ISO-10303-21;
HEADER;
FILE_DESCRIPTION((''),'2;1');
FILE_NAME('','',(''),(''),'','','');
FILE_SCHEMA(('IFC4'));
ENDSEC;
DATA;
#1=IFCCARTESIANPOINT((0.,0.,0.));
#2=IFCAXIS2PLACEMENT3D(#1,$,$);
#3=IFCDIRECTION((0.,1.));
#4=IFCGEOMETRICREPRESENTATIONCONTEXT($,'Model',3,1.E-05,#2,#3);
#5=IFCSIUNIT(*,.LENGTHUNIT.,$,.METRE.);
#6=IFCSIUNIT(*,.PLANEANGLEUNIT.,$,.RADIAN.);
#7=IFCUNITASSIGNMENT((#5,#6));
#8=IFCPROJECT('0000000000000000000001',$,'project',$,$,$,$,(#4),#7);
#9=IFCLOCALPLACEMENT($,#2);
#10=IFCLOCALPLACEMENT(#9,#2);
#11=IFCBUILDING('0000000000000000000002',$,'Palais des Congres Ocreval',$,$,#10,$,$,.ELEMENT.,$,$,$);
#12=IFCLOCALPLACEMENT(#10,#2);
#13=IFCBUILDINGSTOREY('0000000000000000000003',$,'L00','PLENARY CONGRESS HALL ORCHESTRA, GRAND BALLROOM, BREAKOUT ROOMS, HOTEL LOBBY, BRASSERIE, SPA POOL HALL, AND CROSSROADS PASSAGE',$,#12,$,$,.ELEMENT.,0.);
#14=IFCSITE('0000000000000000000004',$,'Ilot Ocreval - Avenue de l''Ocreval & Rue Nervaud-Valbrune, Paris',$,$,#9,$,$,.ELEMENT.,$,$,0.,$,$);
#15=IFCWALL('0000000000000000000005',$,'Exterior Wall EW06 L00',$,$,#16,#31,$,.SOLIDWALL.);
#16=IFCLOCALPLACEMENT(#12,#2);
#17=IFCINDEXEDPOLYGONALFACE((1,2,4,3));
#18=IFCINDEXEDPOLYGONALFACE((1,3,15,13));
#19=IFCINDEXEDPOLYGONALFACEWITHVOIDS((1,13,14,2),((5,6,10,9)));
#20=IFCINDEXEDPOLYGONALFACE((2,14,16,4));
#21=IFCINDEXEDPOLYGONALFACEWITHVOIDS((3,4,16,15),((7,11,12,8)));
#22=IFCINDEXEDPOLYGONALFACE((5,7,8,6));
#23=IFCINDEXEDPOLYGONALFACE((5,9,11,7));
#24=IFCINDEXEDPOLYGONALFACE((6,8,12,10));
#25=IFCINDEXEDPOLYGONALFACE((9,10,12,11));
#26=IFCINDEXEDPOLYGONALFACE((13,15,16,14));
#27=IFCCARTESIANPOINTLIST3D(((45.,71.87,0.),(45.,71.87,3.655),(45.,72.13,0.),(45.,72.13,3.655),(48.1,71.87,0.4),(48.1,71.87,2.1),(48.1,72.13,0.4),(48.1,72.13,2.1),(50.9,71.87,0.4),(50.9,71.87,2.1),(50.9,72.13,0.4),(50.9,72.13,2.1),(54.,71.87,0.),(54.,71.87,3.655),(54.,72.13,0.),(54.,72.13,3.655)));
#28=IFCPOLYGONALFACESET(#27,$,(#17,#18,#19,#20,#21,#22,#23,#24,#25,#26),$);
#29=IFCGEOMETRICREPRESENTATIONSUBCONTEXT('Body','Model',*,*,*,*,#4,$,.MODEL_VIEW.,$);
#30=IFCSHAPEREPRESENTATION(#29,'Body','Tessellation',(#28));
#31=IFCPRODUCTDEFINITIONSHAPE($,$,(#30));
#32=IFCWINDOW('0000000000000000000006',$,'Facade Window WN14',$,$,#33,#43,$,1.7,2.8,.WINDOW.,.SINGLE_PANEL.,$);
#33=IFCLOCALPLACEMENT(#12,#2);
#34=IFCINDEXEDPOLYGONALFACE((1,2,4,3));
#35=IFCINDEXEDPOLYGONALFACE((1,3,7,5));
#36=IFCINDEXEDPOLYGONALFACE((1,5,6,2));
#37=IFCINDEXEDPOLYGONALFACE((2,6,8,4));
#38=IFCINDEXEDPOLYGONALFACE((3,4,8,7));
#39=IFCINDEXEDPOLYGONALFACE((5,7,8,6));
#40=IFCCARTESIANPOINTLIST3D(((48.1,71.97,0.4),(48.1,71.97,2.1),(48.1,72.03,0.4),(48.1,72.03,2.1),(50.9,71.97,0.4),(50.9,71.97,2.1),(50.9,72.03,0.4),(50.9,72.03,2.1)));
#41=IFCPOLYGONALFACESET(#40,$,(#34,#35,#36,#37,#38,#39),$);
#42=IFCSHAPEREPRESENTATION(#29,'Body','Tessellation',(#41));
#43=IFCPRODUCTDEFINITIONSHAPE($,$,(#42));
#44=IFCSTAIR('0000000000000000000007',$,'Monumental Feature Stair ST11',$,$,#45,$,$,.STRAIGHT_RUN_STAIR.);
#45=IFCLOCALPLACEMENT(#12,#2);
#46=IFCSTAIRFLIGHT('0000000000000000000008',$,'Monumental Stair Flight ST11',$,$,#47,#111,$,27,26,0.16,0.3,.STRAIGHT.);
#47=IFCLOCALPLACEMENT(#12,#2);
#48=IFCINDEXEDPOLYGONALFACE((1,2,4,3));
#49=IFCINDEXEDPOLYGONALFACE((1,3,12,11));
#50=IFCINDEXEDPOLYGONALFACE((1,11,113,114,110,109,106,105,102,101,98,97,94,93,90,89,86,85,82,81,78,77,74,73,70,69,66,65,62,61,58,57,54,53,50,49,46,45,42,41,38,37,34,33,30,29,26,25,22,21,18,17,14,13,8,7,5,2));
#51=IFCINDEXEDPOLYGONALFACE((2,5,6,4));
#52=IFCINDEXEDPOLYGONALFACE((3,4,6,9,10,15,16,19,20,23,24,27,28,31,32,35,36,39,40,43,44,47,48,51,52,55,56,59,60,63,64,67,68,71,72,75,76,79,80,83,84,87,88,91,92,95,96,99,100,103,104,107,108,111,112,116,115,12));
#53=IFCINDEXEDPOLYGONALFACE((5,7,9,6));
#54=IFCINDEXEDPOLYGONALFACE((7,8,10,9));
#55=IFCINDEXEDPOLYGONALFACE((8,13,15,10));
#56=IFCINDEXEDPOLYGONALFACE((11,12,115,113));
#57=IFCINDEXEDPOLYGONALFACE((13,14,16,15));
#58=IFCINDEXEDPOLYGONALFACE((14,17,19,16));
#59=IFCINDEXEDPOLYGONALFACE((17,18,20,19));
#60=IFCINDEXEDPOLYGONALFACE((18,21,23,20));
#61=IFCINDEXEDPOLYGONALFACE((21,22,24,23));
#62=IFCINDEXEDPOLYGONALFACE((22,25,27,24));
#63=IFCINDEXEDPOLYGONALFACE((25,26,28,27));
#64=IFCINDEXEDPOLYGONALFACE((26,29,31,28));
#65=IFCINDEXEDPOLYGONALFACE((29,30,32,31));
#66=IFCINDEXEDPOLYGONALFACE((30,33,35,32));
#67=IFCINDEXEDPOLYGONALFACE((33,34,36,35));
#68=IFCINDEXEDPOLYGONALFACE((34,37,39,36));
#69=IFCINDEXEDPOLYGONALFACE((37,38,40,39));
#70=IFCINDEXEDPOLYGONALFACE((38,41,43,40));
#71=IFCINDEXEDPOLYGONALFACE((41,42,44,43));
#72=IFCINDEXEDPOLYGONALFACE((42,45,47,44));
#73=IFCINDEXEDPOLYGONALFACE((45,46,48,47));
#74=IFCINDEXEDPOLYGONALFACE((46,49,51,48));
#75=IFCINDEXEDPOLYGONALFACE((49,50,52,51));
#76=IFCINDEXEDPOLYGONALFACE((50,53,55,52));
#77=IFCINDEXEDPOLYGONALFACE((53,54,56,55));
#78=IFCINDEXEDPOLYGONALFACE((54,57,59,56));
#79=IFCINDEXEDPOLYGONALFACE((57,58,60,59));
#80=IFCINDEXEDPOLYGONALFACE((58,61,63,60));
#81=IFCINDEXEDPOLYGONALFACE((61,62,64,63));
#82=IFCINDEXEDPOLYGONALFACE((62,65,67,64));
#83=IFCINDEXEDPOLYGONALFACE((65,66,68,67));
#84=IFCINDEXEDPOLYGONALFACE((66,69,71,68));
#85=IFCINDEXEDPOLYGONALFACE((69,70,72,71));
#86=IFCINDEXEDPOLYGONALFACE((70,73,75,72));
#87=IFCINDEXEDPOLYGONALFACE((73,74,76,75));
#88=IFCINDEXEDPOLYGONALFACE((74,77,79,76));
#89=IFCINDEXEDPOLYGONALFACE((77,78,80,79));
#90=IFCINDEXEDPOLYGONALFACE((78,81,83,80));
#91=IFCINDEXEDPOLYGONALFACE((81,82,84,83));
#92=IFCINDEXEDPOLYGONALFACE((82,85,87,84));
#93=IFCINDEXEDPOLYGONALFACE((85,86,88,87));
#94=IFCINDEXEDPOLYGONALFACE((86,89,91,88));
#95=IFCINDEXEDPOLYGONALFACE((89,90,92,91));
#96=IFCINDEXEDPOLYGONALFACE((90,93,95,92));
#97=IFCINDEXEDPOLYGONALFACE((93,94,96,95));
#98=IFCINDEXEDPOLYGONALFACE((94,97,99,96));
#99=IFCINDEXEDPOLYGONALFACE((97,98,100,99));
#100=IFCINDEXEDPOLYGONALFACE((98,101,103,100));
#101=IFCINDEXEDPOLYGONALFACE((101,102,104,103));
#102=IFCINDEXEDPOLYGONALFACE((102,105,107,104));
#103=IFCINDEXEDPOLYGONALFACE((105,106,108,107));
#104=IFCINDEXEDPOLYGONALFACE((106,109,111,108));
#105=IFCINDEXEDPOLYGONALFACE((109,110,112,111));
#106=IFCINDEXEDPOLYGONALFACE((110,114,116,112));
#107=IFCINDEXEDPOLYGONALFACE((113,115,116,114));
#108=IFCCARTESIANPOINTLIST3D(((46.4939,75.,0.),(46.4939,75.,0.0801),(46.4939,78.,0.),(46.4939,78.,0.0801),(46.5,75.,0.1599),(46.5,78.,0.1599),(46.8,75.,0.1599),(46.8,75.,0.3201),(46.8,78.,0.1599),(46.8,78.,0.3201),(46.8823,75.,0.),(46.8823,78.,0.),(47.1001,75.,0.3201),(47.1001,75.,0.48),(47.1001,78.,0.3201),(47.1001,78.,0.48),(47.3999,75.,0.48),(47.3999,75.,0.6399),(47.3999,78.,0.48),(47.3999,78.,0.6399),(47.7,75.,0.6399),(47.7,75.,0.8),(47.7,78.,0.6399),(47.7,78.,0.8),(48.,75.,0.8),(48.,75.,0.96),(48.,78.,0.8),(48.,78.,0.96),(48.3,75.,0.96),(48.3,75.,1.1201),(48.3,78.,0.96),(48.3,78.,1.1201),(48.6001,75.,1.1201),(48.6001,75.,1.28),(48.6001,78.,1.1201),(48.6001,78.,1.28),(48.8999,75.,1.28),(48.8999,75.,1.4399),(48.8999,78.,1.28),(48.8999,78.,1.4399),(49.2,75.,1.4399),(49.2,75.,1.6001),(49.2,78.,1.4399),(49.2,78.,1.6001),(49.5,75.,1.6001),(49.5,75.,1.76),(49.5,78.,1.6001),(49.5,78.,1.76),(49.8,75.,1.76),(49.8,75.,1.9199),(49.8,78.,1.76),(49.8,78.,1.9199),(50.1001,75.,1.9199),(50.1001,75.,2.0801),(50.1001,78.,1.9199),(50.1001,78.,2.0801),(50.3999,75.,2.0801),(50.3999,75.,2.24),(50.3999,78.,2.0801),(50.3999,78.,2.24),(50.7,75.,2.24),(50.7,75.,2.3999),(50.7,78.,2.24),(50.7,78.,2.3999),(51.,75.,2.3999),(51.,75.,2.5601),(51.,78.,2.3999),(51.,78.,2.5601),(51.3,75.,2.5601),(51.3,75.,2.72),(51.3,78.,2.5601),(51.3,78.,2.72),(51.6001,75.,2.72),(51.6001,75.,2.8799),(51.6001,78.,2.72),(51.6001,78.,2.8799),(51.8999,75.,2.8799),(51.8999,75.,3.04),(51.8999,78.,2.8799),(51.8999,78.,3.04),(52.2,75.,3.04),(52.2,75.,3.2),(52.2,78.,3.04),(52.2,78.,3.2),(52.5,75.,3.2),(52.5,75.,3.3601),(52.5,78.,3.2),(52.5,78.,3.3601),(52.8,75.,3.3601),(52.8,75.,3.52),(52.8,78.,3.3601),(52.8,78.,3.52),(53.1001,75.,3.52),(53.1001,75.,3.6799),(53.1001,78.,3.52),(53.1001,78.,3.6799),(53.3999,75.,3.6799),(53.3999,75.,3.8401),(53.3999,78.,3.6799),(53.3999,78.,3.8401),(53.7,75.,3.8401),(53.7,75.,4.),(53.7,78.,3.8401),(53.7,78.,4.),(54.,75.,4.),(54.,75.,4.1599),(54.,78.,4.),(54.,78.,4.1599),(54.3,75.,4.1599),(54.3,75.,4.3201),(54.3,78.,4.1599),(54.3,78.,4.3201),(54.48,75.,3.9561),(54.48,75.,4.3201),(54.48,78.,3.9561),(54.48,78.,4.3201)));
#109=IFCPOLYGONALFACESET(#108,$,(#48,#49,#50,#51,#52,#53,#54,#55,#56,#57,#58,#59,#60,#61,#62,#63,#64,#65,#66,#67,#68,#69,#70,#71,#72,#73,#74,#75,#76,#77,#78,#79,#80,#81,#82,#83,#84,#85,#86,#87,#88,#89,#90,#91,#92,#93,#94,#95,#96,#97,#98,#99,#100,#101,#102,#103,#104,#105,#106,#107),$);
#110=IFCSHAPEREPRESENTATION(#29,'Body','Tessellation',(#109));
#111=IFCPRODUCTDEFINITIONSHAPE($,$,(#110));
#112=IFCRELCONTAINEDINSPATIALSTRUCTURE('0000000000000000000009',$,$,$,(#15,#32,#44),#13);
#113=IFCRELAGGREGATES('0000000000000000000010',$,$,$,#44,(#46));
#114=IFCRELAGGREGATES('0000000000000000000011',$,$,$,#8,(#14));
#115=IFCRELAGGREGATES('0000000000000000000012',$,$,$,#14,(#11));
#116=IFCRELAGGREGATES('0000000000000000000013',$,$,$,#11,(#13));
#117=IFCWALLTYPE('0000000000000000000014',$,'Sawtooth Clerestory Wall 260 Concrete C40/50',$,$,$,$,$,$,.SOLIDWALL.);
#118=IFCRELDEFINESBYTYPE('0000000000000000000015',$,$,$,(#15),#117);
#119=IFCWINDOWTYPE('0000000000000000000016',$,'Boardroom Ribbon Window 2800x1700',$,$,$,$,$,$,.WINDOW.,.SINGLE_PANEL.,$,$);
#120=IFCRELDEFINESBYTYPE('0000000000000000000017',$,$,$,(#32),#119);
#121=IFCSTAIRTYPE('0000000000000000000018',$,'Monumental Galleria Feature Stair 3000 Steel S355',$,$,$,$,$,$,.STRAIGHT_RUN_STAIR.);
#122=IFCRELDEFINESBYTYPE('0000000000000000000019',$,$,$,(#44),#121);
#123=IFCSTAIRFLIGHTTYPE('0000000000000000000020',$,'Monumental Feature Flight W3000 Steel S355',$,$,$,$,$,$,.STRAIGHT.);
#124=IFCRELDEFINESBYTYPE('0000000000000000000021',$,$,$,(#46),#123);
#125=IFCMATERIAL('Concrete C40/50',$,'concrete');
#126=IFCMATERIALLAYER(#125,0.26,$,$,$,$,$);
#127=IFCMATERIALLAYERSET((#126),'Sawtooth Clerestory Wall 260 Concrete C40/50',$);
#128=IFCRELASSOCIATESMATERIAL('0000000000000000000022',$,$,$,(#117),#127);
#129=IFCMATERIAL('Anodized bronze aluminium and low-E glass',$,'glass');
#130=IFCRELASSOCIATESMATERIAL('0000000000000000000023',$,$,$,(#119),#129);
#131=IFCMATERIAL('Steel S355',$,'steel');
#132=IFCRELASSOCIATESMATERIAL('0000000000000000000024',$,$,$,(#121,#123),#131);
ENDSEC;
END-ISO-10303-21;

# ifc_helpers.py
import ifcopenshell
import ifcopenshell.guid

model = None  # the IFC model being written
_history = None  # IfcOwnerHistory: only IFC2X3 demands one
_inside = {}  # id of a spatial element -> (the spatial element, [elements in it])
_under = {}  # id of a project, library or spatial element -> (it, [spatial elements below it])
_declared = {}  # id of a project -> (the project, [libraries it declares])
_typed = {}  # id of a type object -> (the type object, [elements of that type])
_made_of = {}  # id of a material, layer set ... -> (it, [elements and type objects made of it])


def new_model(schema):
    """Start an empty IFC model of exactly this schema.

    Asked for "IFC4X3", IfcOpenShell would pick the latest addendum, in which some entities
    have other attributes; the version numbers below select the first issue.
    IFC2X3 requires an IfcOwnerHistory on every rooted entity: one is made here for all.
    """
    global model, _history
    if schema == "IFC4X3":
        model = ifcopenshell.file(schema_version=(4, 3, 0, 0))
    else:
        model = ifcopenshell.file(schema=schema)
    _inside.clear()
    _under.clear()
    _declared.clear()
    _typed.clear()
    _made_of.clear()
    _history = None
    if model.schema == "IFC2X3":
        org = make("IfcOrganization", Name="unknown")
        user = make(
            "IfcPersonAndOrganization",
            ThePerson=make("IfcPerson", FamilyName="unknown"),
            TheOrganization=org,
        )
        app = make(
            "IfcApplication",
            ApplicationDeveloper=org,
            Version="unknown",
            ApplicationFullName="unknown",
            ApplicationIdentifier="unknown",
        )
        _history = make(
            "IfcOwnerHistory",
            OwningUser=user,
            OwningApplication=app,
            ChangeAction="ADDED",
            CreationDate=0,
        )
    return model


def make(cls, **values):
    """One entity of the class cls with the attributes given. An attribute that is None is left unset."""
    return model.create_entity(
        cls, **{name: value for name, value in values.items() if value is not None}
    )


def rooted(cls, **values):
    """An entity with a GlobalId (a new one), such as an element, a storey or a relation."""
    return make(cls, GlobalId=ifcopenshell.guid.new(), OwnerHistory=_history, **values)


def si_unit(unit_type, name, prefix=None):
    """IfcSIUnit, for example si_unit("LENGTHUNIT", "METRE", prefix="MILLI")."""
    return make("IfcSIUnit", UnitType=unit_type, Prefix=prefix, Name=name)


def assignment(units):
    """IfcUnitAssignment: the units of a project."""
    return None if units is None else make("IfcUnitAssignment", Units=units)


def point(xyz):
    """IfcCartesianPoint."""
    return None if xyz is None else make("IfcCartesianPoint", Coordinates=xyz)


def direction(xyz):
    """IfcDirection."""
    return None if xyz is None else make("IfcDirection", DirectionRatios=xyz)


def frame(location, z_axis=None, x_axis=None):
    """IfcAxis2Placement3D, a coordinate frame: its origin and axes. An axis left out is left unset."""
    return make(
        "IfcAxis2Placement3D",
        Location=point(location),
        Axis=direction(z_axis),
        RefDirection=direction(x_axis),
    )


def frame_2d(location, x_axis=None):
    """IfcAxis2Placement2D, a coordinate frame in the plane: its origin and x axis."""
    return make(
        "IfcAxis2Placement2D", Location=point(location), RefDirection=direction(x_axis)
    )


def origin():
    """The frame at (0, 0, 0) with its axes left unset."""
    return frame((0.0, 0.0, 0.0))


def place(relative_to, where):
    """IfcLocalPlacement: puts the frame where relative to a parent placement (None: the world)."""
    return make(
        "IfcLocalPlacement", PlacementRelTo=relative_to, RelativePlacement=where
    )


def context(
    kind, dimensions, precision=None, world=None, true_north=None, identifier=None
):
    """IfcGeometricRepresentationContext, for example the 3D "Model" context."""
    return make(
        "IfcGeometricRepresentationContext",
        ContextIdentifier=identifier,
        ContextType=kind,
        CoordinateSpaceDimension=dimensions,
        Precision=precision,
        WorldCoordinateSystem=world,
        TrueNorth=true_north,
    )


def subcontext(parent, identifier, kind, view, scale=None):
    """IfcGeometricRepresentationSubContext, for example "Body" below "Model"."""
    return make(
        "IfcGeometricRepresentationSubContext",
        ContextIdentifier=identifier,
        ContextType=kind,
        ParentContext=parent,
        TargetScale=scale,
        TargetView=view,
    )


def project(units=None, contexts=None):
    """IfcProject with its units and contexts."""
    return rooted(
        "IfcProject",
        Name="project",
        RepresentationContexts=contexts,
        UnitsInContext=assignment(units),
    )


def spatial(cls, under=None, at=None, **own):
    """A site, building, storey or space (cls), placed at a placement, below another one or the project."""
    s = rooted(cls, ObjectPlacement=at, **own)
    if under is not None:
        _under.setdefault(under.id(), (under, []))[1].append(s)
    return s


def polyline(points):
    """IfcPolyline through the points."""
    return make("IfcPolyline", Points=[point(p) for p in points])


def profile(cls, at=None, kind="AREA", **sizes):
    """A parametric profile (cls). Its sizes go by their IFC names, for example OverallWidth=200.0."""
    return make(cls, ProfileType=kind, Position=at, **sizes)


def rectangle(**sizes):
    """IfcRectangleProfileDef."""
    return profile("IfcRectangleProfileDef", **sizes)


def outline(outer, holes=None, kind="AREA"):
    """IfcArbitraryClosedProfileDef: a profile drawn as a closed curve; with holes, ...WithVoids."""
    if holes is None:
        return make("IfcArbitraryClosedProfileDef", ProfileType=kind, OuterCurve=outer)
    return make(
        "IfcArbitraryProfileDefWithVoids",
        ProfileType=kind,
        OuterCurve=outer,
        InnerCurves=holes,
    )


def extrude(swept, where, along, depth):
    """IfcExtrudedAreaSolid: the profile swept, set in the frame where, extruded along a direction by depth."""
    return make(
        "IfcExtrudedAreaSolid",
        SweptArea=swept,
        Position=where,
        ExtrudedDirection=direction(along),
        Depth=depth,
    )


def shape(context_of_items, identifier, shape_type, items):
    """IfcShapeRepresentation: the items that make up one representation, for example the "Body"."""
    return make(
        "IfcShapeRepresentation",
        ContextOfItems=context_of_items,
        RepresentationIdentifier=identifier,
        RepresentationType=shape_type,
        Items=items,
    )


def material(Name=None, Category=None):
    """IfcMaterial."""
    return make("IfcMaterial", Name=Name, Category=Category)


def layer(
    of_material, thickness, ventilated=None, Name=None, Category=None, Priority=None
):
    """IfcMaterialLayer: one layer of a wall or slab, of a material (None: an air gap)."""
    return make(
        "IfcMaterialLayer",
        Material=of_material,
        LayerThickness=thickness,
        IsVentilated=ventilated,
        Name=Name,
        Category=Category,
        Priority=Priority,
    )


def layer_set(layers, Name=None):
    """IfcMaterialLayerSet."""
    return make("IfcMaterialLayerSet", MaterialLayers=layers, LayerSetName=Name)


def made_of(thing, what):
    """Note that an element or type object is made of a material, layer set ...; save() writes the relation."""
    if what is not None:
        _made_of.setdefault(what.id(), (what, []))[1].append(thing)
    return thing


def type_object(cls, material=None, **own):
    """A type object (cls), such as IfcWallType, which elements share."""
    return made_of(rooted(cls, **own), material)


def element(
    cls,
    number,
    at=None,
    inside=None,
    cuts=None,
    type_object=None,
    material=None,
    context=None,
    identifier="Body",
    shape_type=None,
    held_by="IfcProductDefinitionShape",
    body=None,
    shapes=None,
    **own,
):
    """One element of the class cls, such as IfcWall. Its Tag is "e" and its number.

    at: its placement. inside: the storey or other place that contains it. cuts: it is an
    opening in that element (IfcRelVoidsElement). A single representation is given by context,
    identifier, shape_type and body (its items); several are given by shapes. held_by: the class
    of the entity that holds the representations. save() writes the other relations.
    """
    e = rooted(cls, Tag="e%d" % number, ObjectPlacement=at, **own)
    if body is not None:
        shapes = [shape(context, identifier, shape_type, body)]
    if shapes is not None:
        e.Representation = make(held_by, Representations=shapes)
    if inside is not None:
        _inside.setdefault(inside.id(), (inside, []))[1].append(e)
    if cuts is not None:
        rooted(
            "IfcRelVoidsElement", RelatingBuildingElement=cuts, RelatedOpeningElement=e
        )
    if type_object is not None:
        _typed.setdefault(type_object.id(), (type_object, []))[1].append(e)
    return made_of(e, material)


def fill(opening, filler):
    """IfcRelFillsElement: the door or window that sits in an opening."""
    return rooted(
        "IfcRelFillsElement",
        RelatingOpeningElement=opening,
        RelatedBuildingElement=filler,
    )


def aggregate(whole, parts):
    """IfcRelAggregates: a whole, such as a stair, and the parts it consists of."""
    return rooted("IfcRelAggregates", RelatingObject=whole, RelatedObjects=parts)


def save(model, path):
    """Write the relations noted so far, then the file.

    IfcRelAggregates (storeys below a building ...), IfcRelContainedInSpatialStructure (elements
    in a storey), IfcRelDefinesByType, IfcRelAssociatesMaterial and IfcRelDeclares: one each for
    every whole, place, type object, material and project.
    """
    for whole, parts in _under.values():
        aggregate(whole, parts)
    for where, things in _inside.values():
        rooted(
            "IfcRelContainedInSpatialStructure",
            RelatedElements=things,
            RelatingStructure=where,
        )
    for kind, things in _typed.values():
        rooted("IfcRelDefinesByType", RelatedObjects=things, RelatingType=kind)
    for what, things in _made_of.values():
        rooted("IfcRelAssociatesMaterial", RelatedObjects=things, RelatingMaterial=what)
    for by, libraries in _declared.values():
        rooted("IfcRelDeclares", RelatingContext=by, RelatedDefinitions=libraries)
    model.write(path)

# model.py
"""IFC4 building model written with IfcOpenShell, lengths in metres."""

from ifc_helpers import new_model, si_unit, direction, frame, frame_2d, origin, place, context, subcontext, project, spatial, polyline, rectangle, outline, extrude, material, layer, layer_set, type_object, element, fill, aggregate, save


model = new_model("IFC4")

# Units and contexts
model_context = context("Model", 3, precision=1e-05, world=origin(), true_north=direction((0.0, 1.0)))
body_context = subcontext(model_context, "Body", "Model", "MODEL_VIEW")
ifc_project = project(units=[si_unit("LENGTHUNIT", "METRE"), si_unit("PLANEANGLEUNIT", "RADIAN")], contexts=[model_context])

# Site, building, storey
site_placement = place(None, origin())
site = spatial("IfcSite", under=ifc_project, at=site_placement, Name="Ilot Ocreval - Avenue de l'Ocreval & Rue Nervaud-Valbrune, Paris", CompositionType="ELEMENT", RefElevation=0.0)
building_placement = place(site_placement, origin())
building = spatial("IfcBuilding", under=site, at=building_placement, Name="Palais des Congres Ocreval", CompositionType="ELEMENT")
storey_placement = place(building_placement, origin())
storey = spatial("IfcBuildingStorey", under=building, at=storey_placement, Name="L00", Description="PLENARY CONGRESS HALL ORCHESTRA, GRAND BALLROOM, BREAKOUT ROOMS, HOTEL LOBBY, BRASSERIE, SPA POOL HALL, AND CROSSROADS PASSAGE", CompositionType="ELEMENT", Elevation=0.0)

# Shared definitions
ifc_material_1 = material(Name="Steel S355", Category="steel")

# Shared definitions
ifc_material_2 = material(Name="Anodized bronze aluminium and low-E glass", Category="glass")

# Shared definitions
ifc_material_3 = material(Name="Concrete C40/50", Category="concrete")

# Wall, opening, window
ifc_layer_1 = layer(ifc_material_3, 0.26)
ifc_layer_set_1 = layer_set([ifc_layer_1], Name="Sawtooth Clerestory Wall 260 Concrete C40/50")
wall_type_1 = type_object("IfcWallType", Name="Sawtooth Clerestory Wall 260 Concrete C40/50", PredefinedType="SOLIDWALL", material=ifc_layer_set_1)
wall_1_placement = place(storey_placement, frame((54.0, 72.0, 0.0), z_axis=(0.0, 0.0, 1.0), x_axis=(-1.0, 0.0, 0.0)))
wall_1 = element("IfcWall", 1, at=wall_1_placement, inside=storey, type_object=wall_type_1, Name="Exterior Wall EW06 L00", PredefinedType="SOLIDWALL", context=body_context, shape_type="SweptSolid", body=[
    extrude(rectangle(XDim=9.0, YDim=0.26, at=frame_2d((4.5, 0.0))), origin(), (0.0, 0.0, 1.0), 3.655),
])
opening_placement = place(wall_1_placement, frame((3.1001, 0.0, 0.3999)))
opening = element("IfcOpeningElement", 2, at=opening_placement, cuts=wall_1, PredefinedType="OPENING", context=body_context, shape_type="SweptSolid", body=[
    extrude(rectangle(XDim=2.8, YDim=1.7, at=frame_2d((1.3999, 0.8501))), frame((0.0, 0.1399, 0.0), z_axis=(0.0, -1.0, 0.0), x_axis=(1.0, 0.0, 0.0)), (0.0, 0.0, 1.0), 0.28),
])
window_type = type_object("IfcWindowType", Name="Boardroom Ribbon Window 2800x1700", PartitioningType="SINGLE_PANEL", PredefinedType="WINDOW", material=ifc_material_2)
window_placement = place(opening_placement, origin())
window = element("IfcWindow", 3, at=window_placement, inside=storey, type_object=window_type, Name="Facade Window WN14", OverallHeight=1.7, OverallWidth=2.8, PartitioningType="SINGLE_PANEL", PredefinedType="WINDOW", context=body_context, shape_type="SweptSolid", body=[
    extrude(rectangle(XDim=2.8, YDim=1.7, at=frame_2d((1.3999, 0.8501))), frame((0.0, 0.03, 0.0), z_axis=(0.0, -1.0, 0.0), x_axis=(1.0, 0.0, 0.0)), (0.0, 0.0, 1.0), 0.0601),
])
fill(opening, window)

# Stair, stair flight
stair_type = type_object("IfcStairType", Name="Monumental Galleria Feature Stair 3000 Steel S355", PredefinedType="STRAIGHT_RUN_STAIR", material=ifc_material_1)
stair_placement = place(storey_placement, origin())
stair = element("IfcStair", 4, at=stair_placement, inside=storey, type_object=stair_type, Name="Monumental Feature Stair ST11", PredefinedType="STRAIGHT_RUN_STAIR")
stair_flight_type = type_object("IfcStairFlightType", Name="Monumental Feature Flight W3000 Steel S355", PredefinedType="STRAIGHT", material=ifc_material_1)
stair_flight_placement = place(storey_placement, frame((46.5, 76.5, 0.0), z_axis=(0.0, 0.0, 1.0), x_axis=(1.0, 0.0, 0.0)))
stair_flight = element("IfcStairFlight", 5, at=stair_flight_placement, type_object=stair_flight_type, Name="Monumental Stair Flight ST11", NumberOfRisers=27, NumberOfTreads=26, PredefinedType="STRAIGHT", RiserHeight=0.16, TreadLength=0.3, context=body_context, shape_type="SweptSolid", body=[
    extrude(outline(polyline([(-0.0061, 0.0), (-0.0061, 0.0801), (0.0, 0.1599), (0.3, 0.1599), (0.3, 0.3201), (0.6001, 0.3201), (0.6001, 0.48), (0.8999, 0.48), (0.8999, 0.6399), (1.2, 0.6399), (1.2, 0.8), (1.5, 0.8), (1.5, 0.96), (1.8, 0.96), (1.8, 1.1201), (2.1001, 1.1201), (2.1001, 1.28), (2.3999, 1.28), (2.3999, 1.4399), (2.7, 1.4399), (2.7, 1.6001), (3.0, 1.6001), (3.0, 1.76), (3.3, 1.76), (3.3, 1.9199), (3.6001, 1.9199), (3.6001, 2.0801), (3.8999, 2.0801), (3.8999, 2.24), (4.2, 2.24), (4.2, 2.3999), (4.5, 2.3999), (4.5, 2.5601), (4.8, 2.5601), (4.8, 2.72), (5.1001, 2.72), (5.1001, 2.8799), (5.3999, 2.8799), (5.3999, 3.04), (5.7, 3.04), (5.7, 3.2), (6.0, 3.2), (6.0, 3.3601), (6.3, 3.3601), (6.3, 3.52), (6.6001, 3.52), (6.6001, 3.6799), (6.8999, 3.6799), (6.8999, 3.8401), (7.2, 3.8401), (7.2, 4.0), (7.5, 4.0), (7.5, 4.1599), (7.8, 4.1599), (7.8, 4.3201), (7.98, 4.3201), (7.98, 3.9561), (0.3823, 0.0), (-0.0061, 0.0)])), frame((0.0, 1.5, 0.0), z_axis=(0.0, -1.0, 0.0), x_axis=(1.0, 0.0, 0.0)), (0.0, 0.0, 1.0), 3.0),
])
aggregate(stair, [stair_flight])

save(model, "model.ifc")
